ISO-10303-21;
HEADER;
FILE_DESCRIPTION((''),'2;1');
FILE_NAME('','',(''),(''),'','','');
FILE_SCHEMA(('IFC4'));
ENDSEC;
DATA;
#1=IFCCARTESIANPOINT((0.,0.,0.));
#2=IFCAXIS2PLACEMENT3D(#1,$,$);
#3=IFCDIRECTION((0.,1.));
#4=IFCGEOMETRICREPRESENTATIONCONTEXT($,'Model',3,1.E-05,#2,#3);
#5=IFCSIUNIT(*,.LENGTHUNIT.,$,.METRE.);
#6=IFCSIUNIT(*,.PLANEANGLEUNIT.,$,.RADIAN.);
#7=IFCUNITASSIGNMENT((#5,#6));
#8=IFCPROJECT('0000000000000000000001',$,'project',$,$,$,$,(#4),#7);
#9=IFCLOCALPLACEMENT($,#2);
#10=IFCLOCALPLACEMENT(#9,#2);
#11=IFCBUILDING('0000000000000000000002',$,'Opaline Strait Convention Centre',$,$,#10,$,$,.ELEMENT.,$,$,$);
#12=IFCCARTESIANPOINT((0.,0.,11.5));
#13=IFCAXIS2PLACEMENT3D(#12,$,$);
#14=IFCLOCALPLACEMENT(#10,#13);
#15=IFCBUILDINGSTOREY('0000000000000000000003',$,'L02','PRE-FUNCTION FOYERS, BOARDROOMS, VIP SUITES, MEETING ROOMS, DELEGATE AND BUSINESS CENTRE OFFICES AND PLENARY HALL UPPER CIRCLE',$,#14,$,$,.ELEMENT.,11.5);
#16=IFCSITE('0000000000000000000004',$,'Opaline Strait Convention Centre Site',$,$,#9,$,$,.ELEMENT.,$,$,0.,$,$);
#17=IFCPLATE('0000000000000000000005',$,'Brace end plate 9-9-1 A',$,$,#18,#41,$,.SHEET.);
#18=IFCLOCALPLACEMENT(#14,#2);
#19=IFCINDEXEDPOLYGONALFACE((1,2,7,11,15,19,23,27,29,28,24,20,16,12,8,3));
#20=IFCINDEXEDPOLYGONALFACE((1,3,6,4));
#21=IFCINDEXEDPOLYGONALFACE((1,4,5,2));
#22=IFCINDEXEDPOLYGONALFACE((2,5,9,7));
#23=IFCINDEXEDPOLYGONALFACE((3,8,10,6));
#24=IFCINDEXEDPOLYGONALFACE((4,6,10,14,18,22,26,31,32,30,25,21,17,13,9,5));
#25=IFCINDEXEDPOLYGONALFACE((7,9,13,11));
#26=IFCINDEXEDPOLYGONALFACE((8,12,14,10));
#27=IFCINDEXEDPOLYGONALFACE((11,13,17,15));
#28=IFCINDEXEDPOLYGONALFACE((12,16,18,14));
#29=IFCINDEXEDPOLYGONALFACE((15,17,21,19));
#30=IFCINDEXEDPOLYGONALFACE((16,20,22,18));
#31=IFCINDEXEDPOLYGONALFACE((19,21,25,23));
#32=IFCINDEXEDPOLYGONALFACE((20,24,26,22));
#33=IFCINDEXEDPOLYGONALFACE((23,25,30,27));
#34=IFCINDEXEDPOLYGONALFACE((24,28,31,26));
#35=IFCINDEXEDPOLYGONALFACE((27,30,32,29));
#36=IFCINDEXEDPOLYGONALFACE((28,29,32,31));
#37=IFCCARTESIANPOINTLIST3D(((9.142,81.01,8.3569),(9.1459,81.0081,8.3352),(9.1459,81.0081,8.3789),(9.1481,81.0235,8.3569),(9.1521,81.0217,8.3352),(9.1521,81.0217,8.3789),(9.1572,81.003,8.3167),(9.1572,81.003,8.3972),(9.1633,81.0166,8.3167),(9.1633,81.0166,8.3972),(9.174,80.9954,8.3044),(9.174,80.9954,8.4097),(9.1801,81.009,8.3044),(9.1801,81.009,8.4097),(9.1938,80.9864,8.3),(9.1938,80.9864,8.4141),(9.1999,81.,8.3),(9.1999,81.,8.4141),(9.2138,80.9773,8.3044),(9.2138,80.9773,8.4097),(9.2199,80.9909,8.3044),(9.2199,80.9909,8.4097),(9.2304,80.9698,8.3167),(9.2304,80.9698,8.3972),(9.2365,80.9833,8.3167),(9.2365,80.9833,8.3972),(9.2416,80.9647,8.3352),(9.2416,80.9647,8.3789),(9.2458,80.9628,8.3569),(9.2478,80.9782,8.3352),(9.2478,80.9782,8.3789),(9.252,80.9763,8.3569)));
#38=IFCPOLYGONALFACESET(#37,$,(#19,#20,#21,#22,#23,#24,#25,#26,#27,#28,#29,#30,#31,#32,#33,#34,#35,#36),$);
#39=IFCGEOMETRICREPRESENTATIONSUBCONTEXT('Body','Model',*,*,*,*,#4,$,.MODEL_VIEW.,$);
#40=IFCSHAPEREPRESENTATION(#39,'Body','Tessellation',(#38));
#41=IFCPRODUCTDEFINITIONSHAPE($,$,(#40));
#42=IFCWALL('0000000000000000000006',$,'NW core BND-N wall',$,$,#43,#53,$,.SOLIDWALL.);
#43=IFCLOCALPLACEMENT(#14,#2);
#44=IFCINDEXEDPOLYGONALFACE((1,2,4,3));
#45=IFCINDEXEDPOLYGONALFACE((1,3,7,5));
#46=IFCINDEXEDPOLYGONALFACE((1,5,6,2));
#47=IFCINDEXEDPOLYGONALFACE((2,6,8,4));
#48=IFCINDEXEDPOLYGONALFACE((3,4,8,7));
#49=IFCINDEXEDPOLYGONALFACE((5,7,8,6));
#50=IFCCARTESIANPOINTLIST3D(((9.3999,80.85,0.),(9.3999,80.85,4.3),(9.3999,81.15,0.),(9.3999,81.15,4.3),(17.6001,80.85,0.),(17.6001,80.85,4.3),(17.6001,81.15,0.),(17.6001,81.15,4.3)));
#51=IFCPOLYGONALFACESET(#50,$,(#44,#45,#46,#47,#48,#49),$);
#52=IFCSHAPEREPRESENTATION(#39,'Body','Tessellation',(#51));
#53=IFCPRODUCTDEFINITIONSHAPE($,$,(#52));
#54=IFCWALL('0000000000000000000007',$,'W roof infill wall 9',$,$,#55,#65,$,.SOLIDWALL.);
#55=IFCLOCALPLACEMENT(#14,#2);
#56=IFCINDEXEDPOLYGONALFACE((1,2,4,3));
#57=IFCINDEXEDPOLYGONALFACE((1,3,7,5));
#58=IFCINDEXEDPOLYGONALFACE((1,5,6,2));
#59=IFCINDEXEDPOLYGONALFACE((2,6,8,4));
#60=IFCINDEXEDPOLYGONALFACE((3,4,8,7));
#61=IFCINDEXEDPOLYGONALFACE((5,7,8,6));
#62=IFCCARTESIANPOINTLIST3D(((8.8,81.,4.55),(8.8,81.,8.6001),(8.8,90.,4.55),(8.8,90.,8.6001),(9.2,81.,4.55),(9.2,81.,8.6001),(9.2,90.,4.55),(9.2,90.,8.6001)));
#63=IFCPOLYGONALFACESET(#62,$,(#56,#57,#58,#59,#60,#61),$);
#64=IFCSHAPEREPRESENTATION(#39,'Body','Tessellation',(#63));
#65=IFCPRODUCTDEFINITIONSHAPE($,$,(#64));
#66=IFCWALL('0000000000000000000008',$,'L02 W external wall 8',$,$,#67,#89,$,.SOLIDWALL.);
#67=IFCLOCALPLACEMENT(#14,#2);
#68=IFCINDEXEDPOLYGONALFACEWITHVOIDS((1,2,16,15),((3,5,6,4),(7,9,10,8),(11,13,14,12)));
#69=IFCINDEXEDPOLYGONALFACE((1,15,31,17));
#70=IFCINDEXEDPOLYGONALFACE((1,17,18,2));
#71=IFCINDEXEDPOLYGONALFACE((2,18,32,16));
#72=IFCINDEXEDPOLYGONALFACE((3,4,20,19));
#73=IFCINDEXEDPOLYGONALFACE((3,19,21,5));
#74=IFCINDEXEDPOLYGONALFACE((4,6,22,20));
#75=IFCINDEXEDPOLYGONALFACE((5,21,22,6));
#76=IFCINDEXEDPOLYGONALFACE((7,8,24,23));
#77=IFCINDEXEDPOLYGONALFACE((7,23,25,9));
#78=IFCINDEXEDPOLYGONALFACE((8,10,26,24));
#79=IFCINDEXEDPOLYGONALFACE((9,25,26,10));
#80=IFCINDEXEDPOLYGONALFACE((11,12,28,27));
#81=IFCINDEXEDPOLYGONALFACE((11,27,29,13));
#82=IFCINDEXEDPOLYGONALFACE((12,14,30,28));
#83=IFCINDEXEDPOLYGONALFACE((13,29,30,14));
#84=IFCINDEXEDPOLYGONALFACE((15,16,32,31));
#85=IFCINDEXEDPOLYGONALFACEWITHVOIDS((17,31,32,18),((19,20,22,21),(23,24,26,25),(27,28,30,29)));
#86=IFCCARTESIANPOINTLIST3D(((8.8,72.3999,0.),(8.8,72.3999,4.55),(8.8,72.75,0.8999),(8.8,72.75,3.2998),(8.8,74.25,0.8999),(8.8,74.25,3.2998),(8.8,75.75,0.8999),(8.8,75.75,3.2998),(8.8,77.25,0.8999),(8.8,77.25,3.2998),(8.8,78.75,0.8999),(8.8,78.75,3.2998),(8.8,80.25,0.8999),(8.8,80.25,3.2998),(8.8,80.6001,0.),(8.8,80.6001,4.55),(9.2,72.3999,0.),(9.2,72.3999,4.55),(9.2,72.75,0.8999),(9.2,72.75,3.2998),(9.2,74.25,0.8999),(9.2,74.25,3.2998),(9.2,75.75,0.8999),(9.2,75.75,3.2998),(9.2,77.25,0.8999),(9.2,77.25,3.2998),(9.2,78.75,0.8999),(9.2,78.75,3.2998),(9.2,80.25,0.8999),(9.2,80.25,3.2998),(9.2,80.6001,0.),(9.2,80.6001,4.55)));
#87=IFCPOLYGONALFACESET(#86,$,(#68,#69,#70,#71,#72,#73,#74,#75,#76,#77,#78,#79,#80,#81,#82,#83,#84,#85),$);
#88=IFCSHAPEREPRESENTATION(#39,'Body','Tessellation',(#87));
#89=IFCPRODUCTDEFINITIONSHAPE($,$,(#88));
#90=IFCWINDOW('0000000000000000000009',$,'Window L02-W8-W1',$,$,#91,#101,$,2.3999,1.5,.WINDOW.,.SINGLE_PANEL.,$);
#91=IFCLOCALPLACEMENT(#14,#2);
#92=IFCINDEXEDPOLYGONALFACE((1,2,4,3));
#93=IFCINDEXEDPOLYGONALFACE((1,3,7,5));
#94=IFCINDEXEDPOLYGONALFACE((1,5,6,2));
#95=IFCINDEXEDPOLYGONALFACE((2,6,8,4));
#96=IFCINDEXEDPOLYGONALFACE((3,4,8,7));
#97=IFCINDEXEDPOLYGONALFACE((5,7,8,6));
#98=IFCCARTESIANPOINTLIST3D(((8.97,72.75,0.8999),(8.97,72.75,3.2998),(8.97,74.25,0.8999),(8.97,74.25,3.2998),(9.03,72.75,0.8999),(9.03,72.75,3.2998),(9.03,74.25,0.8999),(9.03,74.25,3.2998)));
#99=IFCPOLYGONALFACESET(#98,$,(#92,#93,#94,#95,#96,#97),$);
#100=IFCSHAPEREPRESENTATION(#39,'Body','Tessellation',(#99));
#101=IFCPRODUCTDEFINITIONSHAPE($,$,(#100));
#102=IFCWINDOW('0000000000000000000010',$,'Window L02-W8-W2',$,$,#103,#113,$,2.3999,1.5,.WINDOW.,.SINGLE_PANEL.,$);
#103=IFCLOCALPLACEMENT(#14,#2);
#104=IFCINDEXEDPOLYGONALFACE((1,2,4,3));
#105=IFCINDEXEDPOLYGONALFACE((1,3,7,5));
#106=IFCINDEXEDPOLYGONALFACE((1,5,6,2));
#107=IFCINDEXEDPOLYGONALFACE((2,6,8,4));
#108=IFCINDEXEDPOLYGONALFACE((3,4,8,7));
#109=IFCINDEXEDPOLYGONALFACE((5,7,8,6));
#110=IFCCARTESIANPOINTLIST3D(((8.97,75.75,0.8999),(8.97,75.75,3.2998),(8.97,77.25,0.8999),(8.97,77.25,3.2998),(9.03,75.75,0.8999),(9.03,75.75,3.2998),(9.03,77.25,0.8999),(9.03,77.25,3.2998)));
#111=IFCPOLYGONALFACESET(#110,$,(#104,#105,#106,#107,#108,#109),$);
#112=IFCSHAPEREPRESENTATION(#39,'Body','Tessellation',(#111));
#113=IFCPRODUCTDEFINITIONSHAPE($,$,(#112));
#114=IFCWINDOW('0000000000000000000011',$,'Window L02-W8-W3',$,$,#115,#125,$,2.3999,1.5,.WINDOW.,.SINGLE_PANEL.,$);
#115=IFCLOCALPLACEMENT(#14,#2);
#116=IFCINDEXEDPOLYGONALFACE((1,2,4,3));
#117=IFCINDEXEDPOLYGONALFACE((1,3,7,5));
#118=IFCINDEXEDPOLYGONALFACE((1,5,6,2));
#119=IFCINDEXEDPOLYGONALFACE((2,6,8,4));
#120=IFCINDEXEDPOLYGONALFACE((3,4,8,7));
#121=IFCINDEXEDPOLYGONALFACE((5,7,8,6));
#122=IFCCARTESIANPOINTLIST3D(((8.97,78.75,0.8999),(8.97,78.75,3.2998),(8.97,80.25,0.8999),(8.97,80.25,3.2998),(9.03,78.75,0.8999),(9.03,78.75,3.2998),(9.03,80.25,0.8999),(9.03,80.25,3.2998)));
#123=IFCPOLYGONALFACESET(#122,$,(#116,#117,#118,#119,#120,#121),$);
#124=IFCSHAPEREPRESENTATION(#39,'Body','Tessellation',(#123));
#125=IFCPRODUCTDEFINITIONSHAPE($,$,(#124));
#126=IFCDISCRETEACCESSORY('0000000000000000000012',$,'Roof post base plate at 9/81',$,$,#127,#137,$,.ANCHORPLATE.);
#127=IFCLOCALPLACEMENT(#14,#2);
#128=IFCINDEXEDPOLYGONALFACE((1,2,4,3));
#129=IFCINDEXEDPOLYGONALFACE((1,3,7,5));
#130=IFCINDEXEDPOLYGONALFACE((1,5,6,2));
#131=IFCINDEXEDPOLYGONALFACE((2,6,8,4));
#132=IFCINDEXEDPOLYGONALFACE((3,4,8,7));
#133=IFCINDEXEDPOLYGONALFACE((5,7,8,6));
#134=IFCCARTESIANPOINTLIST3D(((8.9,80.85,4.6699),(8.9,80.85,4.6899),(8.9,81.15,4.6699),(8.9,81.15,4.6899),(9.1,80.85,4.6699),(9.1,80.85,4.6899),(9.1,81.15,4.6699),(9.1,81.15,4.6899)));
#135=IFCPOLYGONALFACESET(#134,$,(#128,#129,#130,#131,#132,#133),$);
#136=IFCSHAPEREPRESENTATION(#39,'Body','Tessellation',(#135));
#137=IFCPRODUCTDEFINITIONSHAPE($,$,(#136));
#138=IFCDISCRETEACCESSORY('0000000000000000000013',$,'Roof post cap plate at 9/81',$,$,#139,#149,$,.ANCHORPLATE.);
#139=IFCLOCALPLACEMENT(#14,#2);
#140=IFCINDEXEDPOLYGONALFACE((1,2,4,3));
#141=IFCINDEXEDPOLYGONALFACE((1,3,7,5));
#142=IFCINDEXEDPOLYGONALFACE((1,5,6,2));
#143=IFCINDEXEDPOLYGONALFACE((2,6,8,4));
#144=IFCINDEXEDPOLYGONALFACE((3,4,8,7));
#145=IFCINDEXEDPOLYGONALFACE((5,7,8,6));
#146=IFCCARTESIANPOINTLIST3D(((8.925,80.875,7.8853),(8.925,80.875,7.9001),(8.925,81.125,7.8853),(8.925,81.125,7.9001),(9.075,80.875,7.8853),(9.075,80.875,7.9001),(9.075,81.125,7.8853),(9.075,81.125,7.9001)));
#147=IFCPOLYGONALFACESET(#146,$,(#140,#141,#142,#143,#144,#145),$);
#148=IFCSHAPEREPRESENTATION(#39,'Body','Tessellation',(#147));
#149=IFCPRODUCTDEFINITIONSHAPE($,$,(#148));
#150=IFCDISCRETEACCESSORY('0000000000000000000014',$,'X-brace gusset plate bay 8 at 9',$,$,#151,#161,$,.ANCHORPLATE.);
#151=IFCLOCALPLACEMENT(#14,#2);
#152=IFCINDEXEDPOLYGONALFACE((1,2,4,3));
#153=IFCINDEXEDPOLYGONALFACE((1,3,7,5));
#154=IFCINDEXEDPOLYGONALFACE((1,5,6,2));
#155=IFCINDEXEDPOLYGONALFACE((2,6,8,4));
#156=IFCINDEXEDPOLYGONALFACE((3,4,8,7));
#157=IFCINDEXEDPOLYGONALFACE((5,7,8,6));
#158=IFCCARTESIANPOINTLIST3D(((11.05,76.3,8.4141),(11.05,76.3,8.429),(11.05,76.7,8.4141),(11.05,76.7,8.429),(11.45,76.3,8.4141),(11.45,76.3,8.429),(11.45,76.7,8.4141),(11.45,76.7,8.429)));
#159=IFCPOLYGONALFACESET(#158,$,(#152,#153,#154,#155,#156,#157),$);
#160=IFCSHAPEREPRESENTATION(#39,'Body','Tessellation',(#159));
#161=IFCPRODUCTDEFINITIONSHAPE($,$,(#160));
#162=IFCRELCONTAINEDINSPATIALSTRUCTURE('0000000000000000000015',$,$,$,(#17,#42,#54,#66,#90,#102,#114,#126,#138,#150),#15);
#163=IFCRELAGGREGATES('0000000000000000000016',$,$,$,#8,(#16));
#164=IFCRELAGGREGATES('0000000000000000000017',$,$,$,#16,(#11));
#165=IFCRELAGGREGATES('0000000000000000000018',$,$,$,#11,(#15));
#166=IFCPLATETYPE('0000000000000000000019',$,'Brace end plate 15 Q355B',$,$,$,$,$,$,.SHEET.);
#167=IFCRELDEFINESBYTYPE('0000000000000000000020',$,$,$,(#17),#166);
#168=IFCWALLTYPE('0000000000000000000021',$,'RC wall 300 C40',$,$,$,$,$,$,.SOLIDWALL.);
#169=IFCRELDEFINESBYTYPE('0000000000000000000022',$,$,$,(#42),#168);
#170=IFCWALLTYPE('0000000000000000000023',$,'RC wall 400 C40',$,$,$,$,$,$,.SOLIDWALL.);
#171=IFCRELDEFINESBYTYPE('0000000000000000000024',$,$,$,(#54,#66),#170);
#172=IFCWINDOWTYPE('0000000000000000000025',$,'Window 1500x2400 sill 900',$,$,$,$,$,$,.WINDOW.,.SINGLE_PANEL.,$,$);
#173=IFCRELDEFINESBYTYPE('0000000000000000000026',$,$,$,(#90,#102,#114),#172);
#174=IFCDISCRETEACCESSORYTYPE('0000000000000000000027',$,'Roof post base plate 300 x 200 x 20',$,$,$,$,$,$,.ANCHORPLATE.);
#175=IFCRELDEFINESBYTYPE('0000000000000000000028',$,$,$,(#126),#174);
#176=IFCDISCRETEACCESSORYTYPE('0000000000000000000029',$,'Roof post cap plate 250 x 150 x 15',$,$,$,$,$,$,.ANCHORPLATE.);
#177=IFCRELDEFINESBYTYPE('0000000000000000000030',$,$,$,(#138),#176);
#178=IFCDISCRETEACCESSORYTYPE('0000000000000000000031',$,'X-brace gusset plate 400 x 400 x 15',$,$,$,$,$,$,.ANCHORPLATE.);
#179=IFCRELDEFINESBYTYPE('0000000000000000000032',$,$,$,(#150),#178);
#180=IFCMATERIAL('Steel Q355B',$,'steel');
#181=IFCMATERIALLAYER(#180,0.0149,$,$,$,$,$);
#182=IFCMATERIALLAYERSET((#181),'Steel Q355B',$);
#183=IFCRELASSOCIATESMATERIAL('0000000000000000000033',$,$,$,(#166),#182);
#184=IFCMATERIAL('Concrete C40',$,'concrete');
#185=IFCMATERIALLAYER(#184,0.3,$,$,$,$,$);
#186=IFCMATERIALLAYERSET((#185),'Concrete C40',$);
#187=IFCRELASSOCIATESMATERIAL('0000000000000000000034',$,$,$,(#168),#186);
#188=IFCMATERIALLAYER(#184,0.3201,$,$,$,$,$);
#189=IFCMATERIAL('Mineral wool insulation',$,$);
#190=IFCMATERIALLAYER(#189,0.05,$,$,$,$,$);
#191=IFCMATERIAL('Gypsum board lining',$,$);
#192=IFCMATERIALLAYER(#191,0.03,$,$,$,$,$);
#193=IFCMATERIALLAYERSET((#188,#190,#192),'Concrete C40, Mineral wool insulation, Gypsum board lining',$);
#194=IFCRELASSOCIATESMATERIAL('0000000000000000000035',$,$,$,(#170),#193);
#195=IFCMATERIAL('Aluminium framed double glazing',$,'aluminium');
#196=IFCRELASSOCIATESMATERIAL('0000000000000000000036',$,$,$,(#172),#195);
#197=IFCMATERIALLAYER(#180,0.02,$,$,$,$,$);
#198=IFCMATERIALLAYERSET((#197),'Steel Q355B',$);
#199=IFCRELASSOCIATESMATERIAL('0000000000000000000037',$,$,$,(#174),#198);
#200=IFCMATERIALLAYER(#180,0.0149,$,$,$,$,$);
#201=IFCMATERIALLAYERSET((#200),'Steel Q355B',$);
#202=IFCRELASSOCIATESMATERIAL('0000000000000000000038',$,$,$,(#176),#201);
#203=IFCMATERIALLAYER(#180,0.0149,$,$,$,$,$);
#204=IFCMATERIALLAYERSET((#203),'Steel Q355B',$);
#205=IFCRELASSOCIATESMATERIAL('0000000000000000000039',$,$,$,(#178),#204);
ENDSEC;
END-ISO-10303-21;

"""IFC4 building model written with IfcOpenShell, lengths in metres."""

from ifc_helpers import new_model, si_unit, direction, frame, frame_2d, origin, origin_2d, place, context, subcontext, project, spatial, polyline, rectangle, outline, extrude, material, layer, layer_set, type_object, element, fill, save


model = new_model("IFC4")

# Units and contexts
model_context = context("Model", 3, precision=1e-05, world=origin(), true_north=direction((0.0, 1.0)))
body_context = subcontext(model_context, "Body", "Model", "MODEL_VIEW")
ifc_project = project(units=[si_unit("LENGTHUNIT", "METRE"), si_unit("PLANEANGLEUNIT", "RADIAN")], contexts=[model_context])

# Site, building, storey
site_placement = place(None, origin())
site = spatial("IfcSite", under=ifc_project, at=site_placement, Name="Opaline Strait Convention Centre Site", CompositionType="ELEMENT", RefElevation=0.0)
building_placement = place(site_placement, origin())
building = spatial("IfcBuilding", under=site, at=building_placement, Name="Opaline Strait Convention Centre", CompositionType="ELEMENT")
storey_placement = place(building_placement, frame((0.0, 0.0, 11.5)))
storey = spatial("IfcBuildingStorey", under=building, at=storey_placement, Name="L02", Description="PRE-FUNCTION FOYERS, BOARDROOMS, VIP SUITES, MEETING ROOMS, DELEGATE AND BUSINESS CENTRE OFFICES AND PLENARY HALL UPPER CIRCLE", CompositionType="ELEMENT", Elevation=11.5)

# Shared definitions
ifc_material_1 = material(Name="Concrete C40", Category="concrete")

# Shared definitions
ifc_material_2 = material(Name="Steel Q355B", Category="steel")

# Plate
ifc_layer_1 = layer(ifc_material_2, 0.0149)
ifc_layer_set_1 = layer_set([ifc_layer_1], Name="Steel Q355B")
plate_type = type_object("IfcPlateType", Name="Brace end plate 15 Q355B", PredefinedType="SHEET", material=ifc_layer_set_1)
plate_1_placement = place(storey_placement, frame((9.252, 80.9763, 8.3569), z_axis=(0.413759, 0.910386, 0.0), x_axis=(-0.188026, 0.085456, -0.978439)))
element("IfcPlate", 1, at=plate_1_placement, inside=storey, type_object=plate_type, Name="Brace end plate 9-9-1 A", PredefinedType="SHEET", context=body_context, shape_type="SweptSolid", body=[
    extrude(outline(polyline([(0.0, 0.0), (0.0222, 0.0), (0.0429, 0.0082), (0.0586, 0.0236), (0.0675, 0.0442), (0.0677, 0.0663), (0.0595, 0.0869), (0.0439, 0.1028), (0.0236, 0.1116), (0.0012, 0.1119), (-0.0193, 0.1036), (-0.0353, 0.0881), (-0.0441, 0.0677), (-0.0443, 0.0453), (-0.0359, 0.0249), (-0.0206, 0.009), (0.0, 0.0)])), origin(), (0.0, 0.0, -1.0), 0.0149),
])

# Walls
ifc_layer_2 = layer(ifc_material_1, 0.3)
ifc_layer_set_2 = layer_set([ifc_layer_2], Name="Concrete C40")
wall_type_1 = type_object("IfcWallType", Name="RC wall 300 C40", PredefinedType="SOLIDWALL", material=ifc_layer_set_2)
wall_1_placement = place(storey_placement, frame((9.3999, 81.0, 0.0), z_axis=(0.0, 0.0, 1.0), x_axis=(1.0, 0.0, 0.0)))
element("IfcWall", 2, at=wall_1_placement, inside=storey, type_object=wall_type_1, Name="NW core BND-N wall", PredefinedType="SOLIDWALL", context=body_context, shape_type="SweptSolid", body=[
    extrude(rectangle(XDim=8.2002, YDim=0.3, at=frame_2d((4.1001, 0.0))), origin(), (0.0, 0.0, 1.0), 4.3),
])
ifc_layer_3 = layer(ifc_material_1, 0.3201)
ifc_material_3 = material(Name="Mineral wool insulation")
ifc_layer_4 = layer(ifc_material_3, 0.05)
ifc_material_4 = material(Name="Gypsum board lining")
ifc_layer_5 = layer(ifc_material_4, 0.03)
ifc_layer_set_3 = layer_set([ifc_layer_3, ifc_layer_4, ifc_layer_5], Name="Concrete C40, Mineral wool insulation, Gypsum board lining")
wall_type_2 = type_object("IfcWallType", Name="RC wall 400 C40", PredefinedType="SOLIDWALL", material=ifc_layer_set_3)
wall_2_placement = place(storey_placement, frame((9.0, 81.0, 4.55), z_axis=(0.0, 0.0, 1.0), x_axis=(0.0, 1.0, 0.0)))
element("IfcWall", 3, at=wall_2_placement, inside=storey, type_object=wall_type_2, Name="W roof infill wall 9", PredefinedType="SOLIDWALL", context=body_context, shape_type="SweptSolid", body=[
    extrude(rectangle(XDim=9.0, YDim=0.3999, at=frame_2d((4.5, 0.0))), origin(), (0.0, 0.0, 1.0), 4.05),
])

# Wall, openings, windows
wall_3_placement = place(storey_placement, frame((9.0, 72.3999, 0.0), z_axis=(0.0, 0.0, 1.0), x_axis=(0.0, 1.0, 0.0)))
wall_3 = element("IfcWall", 4, at=wall_3_placement, inside=storey, type_object=wall_type_2, Name="L02 W external wall 8", PredefinedType="SOLIDWALL", context=body_context, shape_type="SweptSolid", body=[
    extrude(rectangle(XDim=8.2002, YDim=0.3999, at=frame_2d((4.1001, 0.0))), origin(), (0.0, 0.0, 1.0), 4.55),
])
opening_1_placement = place(wall_3_placement, frame((0.3501, 0.0, 0.8999)))
opening_1 = element("IfcOpeningElement", 5, at=opening_1_placement, cuts=wall_3, PredefinedType="OPENING", context=body_context, shape_type="SweptSolid", body=[
    extrude(rectangle(XDim=1.5, YDim=2.3999, at=frame_2d((0.75, 1.2))), frame((0.0, 0.21, 0.0), z_axis=(0.0, -1.0, 0.0), x_axis=(1.0, 0.0, 0.0)), (0.0, 0.0, 1.0), 0.4199),
])
opening_2_placement = place(wall_3_placement, frame((3.3501, 0.0, 0.8999)))
opening_2 = element("IfcOpeningElement", 6, at=opening_2_placement, cuts=wall_3, PredefinedType="OPENING", context=body_context, shape_type="SweptSolid", body=[
    extrude(rectangle(XDim=1.5, YDim=2.3999, at=frame_2d((0.75, 1.2))), frame((0.0, 0.21, 0.0), z_axis=(0.0, -1.0, 0.0), x_axis=(1.0, 0.0, 0.0)), (0.0, 0.0, 1.0), 0.4199),
])
opening_3_placement = place(wall_3_placement, frame((6.3501, 0.0, 0.8999)))
opening_3 = element("IfcOpeningElement", 7, at=opening_3_placement, cuts=wall_3, PredefinedType="OPENING", context=body_context, shape_type="SweptSolid", body=[
    extrude(rectangle(XDim=1.5, YDim=2.3999, at=frame_2d((0.75, 1.2))), frame((0.0, 0.21, 0.0), z_axis=(0.0, -1.0, 0.0), x_axis=(1.0, 0.0, 0.0)), (0.0, 0.0, 1.0), 0.4199),
])
ifc_material_5 = material(Name="Aluminium framed double glazing", Category="aluminium")
window_type = type_object("IfcWindowType", Name="Window 1500x2400 sill 900", PartitioningType="SINGLE_PANEL", PredefinedType="WINDOW", material=ifc_material_5)
window_1_placement = place(opening_1_placement, origin())
window_1 = element("IfcWindow", 8, at=window_1_placement, inside=storey, type_object=window_type, Name="Window L02-W8-W1", OverallHeight=2.3999, OverallWidth=1.5, PartitioningType="SINGLE_PANEL", PredefinedType="WINDOW", context=body_context, shape_type="SweptSolid", body=[
    extrude(rectangle(XDim=1.5, YDim=2.3999, at=frame_2d((0.75, 1.2))), frame((0.0, 0.03, 0.0), z_axis=(0.0, -1.0, 0.0), x_axis=(1.0, 0.0, 0.0)), (0.0, 0.0, 1.0), 0.0601),
])
fill(opening_1, window_1)
window_2_placement = place(opening_2_placement, origin())
window_2 = element("IfcWindow", 9, at=window_2_placement, inside=storey, type_object=window_type, Name="Window L02-W8-W2", OverallHeight=2.3999, OverallWidth=1.5, PartitioningType="SINGLE_PANEL", PredefinedType="WINDOW", context=body_context, shape_type="SweptSolid", body=[
    extrude(rectangle(XDim=1.5, YDim=2.3999, at=frame_2d((0.75, 1.2))), frame((0.0, 0.03, 0.0), z_axis=(0.0, -1.0, 0.0), x_axis=(1.0, 0.0, 0.0)), (0.0, 0.0, 1.0), 0.0601),
])
fill(opening_2, window_2)
window_3_placement = place(opening_3_placement, origin())
window_3 = element("IfcWindow", 10, at=window_3_placement, inside=storey, type_object=window_type, Name="Window L02-W8-W3", OverallHeight=2.3999, OverallWidth=1.5, PartitioningType="SINGLE_PANEL", PredefinedType="WINDOW", context=body_context, shape_type="SweptSolid", body=[
    extrude(rectangle(XDim=1.5, YDim=2.3999, at=frame_2d((0.75, 1.2))), frame((0.0, 0.03, 0.0), z_axis=(0.0, -1.0, 0.0), x_axis=(1.0, 0.0, 0.0)), (0.0, 0.0, 1.0), 0.0601),
])
fill(opening_3, window_3)

# Discrete accessories
ifc_layer_6 = layer(ifc_material_2, 0.02)
ifc_layer_set_4 = layer_set([ifc_layer_6], Name="Steel Q355B")
discrete_accessory_type_1 = type_object("IfcDiscreteAccessoryType", Name="Roof post base plate 300 x 200 x 20", PredefinedType="ANCHORPLATE", material=ifc_layer_set_4)
discrete_accessory_1_placement = place(storey_placement, frame((9.0, 81.0, 4.6699), z_axis=(0.0, 0.0, 1.0), x_axis=(1.0, 0.0, 0.0)))
element("IfcDiscreteAccessory", 11, at=discrete_accessory_1_placement, inside=storey, type_object=discrete_accessory_type_1, Name="Roof post base plate at 9/81", PredefinedType="ANCHORPLATE", context=body_context, shape_type="SweptSolid", body=[
    extrude(rectangle(XDim=0.2, YDim=0.3, at=origin_2d()), origin(), (0.0, 0.0, 1.0), 0.02),
])
ifc_layer_7 = layer(ifc_material_2, 0.0149)
ifc_layer_set_5 = layer_set([ifc_layer_7], Name="Steel Q355B")
discrete_accessory_type_2 = type_object("IfcDiscreteAccessoryType", Name="Roof post cap plate 250 x 150 x 15", PredefinedType="ANCHORPLATE", material=ifc_layer_set_5)
discrete_accessory_2_placement = place(storey_placement, frame((9.0, 81.0, 7.8853), z_axis=(0.0, 0.0, 1.0), x_axis=(1.0, 0.0, 0.0)))
element("IfcDiscreteAccessory", 12, at=discrete_accessory_2_placement, inside=storey, type_object=discrete_accessory_type_2, Name="Roof post cap plate at 9/81", PredefinedType="ANCHORPLATE", context=body_context, shape_type="SweptSolid", body=[
    extrude(rectangle(XDim=0.1499, YDim=0.25, at=origin_2d()), origin(), (0.0, 0.0, 1.0), 0.0149),
])
ifc_layer_8 = layer(ifc_material_2, 0.0149)
ifc_layer_set_6 = layer_set([ifc_layer_8], Name="Steel Q355B")
discrete_accessory_type_3 = type_object("IfcDiscreteAccessoryType", Name="X-brace gusset plate 400 x 400 x 15", PredefinedType="ANCHORPLATE", material=ifc_layer_set_6)
discrete_accessory_3_placement = place(storey_placement, frame((11.25, 76.5, 8.4141), z_axis=(0.0, 0.0, 1.0), x_axis=(1.0, 0.0, 0.0)))
element("IfcDiscreteAccessory", 13, at=discrete_accessory_3_placement, inside=storey, type_object=discrete_accessory_type_3, Name="X-brace gusset plate bay 8 at 9", PredefinedType="ANCHORPLATE", context=body_context, shape_type="SweptSolid", body=[
    extrude(rectangle(XDim=0.3999, YDim=0.3999, at=origin_2d()), origin(), (0.0, 0.0, 1.0), 0.0149),
])

save(model, "model.ifc")
